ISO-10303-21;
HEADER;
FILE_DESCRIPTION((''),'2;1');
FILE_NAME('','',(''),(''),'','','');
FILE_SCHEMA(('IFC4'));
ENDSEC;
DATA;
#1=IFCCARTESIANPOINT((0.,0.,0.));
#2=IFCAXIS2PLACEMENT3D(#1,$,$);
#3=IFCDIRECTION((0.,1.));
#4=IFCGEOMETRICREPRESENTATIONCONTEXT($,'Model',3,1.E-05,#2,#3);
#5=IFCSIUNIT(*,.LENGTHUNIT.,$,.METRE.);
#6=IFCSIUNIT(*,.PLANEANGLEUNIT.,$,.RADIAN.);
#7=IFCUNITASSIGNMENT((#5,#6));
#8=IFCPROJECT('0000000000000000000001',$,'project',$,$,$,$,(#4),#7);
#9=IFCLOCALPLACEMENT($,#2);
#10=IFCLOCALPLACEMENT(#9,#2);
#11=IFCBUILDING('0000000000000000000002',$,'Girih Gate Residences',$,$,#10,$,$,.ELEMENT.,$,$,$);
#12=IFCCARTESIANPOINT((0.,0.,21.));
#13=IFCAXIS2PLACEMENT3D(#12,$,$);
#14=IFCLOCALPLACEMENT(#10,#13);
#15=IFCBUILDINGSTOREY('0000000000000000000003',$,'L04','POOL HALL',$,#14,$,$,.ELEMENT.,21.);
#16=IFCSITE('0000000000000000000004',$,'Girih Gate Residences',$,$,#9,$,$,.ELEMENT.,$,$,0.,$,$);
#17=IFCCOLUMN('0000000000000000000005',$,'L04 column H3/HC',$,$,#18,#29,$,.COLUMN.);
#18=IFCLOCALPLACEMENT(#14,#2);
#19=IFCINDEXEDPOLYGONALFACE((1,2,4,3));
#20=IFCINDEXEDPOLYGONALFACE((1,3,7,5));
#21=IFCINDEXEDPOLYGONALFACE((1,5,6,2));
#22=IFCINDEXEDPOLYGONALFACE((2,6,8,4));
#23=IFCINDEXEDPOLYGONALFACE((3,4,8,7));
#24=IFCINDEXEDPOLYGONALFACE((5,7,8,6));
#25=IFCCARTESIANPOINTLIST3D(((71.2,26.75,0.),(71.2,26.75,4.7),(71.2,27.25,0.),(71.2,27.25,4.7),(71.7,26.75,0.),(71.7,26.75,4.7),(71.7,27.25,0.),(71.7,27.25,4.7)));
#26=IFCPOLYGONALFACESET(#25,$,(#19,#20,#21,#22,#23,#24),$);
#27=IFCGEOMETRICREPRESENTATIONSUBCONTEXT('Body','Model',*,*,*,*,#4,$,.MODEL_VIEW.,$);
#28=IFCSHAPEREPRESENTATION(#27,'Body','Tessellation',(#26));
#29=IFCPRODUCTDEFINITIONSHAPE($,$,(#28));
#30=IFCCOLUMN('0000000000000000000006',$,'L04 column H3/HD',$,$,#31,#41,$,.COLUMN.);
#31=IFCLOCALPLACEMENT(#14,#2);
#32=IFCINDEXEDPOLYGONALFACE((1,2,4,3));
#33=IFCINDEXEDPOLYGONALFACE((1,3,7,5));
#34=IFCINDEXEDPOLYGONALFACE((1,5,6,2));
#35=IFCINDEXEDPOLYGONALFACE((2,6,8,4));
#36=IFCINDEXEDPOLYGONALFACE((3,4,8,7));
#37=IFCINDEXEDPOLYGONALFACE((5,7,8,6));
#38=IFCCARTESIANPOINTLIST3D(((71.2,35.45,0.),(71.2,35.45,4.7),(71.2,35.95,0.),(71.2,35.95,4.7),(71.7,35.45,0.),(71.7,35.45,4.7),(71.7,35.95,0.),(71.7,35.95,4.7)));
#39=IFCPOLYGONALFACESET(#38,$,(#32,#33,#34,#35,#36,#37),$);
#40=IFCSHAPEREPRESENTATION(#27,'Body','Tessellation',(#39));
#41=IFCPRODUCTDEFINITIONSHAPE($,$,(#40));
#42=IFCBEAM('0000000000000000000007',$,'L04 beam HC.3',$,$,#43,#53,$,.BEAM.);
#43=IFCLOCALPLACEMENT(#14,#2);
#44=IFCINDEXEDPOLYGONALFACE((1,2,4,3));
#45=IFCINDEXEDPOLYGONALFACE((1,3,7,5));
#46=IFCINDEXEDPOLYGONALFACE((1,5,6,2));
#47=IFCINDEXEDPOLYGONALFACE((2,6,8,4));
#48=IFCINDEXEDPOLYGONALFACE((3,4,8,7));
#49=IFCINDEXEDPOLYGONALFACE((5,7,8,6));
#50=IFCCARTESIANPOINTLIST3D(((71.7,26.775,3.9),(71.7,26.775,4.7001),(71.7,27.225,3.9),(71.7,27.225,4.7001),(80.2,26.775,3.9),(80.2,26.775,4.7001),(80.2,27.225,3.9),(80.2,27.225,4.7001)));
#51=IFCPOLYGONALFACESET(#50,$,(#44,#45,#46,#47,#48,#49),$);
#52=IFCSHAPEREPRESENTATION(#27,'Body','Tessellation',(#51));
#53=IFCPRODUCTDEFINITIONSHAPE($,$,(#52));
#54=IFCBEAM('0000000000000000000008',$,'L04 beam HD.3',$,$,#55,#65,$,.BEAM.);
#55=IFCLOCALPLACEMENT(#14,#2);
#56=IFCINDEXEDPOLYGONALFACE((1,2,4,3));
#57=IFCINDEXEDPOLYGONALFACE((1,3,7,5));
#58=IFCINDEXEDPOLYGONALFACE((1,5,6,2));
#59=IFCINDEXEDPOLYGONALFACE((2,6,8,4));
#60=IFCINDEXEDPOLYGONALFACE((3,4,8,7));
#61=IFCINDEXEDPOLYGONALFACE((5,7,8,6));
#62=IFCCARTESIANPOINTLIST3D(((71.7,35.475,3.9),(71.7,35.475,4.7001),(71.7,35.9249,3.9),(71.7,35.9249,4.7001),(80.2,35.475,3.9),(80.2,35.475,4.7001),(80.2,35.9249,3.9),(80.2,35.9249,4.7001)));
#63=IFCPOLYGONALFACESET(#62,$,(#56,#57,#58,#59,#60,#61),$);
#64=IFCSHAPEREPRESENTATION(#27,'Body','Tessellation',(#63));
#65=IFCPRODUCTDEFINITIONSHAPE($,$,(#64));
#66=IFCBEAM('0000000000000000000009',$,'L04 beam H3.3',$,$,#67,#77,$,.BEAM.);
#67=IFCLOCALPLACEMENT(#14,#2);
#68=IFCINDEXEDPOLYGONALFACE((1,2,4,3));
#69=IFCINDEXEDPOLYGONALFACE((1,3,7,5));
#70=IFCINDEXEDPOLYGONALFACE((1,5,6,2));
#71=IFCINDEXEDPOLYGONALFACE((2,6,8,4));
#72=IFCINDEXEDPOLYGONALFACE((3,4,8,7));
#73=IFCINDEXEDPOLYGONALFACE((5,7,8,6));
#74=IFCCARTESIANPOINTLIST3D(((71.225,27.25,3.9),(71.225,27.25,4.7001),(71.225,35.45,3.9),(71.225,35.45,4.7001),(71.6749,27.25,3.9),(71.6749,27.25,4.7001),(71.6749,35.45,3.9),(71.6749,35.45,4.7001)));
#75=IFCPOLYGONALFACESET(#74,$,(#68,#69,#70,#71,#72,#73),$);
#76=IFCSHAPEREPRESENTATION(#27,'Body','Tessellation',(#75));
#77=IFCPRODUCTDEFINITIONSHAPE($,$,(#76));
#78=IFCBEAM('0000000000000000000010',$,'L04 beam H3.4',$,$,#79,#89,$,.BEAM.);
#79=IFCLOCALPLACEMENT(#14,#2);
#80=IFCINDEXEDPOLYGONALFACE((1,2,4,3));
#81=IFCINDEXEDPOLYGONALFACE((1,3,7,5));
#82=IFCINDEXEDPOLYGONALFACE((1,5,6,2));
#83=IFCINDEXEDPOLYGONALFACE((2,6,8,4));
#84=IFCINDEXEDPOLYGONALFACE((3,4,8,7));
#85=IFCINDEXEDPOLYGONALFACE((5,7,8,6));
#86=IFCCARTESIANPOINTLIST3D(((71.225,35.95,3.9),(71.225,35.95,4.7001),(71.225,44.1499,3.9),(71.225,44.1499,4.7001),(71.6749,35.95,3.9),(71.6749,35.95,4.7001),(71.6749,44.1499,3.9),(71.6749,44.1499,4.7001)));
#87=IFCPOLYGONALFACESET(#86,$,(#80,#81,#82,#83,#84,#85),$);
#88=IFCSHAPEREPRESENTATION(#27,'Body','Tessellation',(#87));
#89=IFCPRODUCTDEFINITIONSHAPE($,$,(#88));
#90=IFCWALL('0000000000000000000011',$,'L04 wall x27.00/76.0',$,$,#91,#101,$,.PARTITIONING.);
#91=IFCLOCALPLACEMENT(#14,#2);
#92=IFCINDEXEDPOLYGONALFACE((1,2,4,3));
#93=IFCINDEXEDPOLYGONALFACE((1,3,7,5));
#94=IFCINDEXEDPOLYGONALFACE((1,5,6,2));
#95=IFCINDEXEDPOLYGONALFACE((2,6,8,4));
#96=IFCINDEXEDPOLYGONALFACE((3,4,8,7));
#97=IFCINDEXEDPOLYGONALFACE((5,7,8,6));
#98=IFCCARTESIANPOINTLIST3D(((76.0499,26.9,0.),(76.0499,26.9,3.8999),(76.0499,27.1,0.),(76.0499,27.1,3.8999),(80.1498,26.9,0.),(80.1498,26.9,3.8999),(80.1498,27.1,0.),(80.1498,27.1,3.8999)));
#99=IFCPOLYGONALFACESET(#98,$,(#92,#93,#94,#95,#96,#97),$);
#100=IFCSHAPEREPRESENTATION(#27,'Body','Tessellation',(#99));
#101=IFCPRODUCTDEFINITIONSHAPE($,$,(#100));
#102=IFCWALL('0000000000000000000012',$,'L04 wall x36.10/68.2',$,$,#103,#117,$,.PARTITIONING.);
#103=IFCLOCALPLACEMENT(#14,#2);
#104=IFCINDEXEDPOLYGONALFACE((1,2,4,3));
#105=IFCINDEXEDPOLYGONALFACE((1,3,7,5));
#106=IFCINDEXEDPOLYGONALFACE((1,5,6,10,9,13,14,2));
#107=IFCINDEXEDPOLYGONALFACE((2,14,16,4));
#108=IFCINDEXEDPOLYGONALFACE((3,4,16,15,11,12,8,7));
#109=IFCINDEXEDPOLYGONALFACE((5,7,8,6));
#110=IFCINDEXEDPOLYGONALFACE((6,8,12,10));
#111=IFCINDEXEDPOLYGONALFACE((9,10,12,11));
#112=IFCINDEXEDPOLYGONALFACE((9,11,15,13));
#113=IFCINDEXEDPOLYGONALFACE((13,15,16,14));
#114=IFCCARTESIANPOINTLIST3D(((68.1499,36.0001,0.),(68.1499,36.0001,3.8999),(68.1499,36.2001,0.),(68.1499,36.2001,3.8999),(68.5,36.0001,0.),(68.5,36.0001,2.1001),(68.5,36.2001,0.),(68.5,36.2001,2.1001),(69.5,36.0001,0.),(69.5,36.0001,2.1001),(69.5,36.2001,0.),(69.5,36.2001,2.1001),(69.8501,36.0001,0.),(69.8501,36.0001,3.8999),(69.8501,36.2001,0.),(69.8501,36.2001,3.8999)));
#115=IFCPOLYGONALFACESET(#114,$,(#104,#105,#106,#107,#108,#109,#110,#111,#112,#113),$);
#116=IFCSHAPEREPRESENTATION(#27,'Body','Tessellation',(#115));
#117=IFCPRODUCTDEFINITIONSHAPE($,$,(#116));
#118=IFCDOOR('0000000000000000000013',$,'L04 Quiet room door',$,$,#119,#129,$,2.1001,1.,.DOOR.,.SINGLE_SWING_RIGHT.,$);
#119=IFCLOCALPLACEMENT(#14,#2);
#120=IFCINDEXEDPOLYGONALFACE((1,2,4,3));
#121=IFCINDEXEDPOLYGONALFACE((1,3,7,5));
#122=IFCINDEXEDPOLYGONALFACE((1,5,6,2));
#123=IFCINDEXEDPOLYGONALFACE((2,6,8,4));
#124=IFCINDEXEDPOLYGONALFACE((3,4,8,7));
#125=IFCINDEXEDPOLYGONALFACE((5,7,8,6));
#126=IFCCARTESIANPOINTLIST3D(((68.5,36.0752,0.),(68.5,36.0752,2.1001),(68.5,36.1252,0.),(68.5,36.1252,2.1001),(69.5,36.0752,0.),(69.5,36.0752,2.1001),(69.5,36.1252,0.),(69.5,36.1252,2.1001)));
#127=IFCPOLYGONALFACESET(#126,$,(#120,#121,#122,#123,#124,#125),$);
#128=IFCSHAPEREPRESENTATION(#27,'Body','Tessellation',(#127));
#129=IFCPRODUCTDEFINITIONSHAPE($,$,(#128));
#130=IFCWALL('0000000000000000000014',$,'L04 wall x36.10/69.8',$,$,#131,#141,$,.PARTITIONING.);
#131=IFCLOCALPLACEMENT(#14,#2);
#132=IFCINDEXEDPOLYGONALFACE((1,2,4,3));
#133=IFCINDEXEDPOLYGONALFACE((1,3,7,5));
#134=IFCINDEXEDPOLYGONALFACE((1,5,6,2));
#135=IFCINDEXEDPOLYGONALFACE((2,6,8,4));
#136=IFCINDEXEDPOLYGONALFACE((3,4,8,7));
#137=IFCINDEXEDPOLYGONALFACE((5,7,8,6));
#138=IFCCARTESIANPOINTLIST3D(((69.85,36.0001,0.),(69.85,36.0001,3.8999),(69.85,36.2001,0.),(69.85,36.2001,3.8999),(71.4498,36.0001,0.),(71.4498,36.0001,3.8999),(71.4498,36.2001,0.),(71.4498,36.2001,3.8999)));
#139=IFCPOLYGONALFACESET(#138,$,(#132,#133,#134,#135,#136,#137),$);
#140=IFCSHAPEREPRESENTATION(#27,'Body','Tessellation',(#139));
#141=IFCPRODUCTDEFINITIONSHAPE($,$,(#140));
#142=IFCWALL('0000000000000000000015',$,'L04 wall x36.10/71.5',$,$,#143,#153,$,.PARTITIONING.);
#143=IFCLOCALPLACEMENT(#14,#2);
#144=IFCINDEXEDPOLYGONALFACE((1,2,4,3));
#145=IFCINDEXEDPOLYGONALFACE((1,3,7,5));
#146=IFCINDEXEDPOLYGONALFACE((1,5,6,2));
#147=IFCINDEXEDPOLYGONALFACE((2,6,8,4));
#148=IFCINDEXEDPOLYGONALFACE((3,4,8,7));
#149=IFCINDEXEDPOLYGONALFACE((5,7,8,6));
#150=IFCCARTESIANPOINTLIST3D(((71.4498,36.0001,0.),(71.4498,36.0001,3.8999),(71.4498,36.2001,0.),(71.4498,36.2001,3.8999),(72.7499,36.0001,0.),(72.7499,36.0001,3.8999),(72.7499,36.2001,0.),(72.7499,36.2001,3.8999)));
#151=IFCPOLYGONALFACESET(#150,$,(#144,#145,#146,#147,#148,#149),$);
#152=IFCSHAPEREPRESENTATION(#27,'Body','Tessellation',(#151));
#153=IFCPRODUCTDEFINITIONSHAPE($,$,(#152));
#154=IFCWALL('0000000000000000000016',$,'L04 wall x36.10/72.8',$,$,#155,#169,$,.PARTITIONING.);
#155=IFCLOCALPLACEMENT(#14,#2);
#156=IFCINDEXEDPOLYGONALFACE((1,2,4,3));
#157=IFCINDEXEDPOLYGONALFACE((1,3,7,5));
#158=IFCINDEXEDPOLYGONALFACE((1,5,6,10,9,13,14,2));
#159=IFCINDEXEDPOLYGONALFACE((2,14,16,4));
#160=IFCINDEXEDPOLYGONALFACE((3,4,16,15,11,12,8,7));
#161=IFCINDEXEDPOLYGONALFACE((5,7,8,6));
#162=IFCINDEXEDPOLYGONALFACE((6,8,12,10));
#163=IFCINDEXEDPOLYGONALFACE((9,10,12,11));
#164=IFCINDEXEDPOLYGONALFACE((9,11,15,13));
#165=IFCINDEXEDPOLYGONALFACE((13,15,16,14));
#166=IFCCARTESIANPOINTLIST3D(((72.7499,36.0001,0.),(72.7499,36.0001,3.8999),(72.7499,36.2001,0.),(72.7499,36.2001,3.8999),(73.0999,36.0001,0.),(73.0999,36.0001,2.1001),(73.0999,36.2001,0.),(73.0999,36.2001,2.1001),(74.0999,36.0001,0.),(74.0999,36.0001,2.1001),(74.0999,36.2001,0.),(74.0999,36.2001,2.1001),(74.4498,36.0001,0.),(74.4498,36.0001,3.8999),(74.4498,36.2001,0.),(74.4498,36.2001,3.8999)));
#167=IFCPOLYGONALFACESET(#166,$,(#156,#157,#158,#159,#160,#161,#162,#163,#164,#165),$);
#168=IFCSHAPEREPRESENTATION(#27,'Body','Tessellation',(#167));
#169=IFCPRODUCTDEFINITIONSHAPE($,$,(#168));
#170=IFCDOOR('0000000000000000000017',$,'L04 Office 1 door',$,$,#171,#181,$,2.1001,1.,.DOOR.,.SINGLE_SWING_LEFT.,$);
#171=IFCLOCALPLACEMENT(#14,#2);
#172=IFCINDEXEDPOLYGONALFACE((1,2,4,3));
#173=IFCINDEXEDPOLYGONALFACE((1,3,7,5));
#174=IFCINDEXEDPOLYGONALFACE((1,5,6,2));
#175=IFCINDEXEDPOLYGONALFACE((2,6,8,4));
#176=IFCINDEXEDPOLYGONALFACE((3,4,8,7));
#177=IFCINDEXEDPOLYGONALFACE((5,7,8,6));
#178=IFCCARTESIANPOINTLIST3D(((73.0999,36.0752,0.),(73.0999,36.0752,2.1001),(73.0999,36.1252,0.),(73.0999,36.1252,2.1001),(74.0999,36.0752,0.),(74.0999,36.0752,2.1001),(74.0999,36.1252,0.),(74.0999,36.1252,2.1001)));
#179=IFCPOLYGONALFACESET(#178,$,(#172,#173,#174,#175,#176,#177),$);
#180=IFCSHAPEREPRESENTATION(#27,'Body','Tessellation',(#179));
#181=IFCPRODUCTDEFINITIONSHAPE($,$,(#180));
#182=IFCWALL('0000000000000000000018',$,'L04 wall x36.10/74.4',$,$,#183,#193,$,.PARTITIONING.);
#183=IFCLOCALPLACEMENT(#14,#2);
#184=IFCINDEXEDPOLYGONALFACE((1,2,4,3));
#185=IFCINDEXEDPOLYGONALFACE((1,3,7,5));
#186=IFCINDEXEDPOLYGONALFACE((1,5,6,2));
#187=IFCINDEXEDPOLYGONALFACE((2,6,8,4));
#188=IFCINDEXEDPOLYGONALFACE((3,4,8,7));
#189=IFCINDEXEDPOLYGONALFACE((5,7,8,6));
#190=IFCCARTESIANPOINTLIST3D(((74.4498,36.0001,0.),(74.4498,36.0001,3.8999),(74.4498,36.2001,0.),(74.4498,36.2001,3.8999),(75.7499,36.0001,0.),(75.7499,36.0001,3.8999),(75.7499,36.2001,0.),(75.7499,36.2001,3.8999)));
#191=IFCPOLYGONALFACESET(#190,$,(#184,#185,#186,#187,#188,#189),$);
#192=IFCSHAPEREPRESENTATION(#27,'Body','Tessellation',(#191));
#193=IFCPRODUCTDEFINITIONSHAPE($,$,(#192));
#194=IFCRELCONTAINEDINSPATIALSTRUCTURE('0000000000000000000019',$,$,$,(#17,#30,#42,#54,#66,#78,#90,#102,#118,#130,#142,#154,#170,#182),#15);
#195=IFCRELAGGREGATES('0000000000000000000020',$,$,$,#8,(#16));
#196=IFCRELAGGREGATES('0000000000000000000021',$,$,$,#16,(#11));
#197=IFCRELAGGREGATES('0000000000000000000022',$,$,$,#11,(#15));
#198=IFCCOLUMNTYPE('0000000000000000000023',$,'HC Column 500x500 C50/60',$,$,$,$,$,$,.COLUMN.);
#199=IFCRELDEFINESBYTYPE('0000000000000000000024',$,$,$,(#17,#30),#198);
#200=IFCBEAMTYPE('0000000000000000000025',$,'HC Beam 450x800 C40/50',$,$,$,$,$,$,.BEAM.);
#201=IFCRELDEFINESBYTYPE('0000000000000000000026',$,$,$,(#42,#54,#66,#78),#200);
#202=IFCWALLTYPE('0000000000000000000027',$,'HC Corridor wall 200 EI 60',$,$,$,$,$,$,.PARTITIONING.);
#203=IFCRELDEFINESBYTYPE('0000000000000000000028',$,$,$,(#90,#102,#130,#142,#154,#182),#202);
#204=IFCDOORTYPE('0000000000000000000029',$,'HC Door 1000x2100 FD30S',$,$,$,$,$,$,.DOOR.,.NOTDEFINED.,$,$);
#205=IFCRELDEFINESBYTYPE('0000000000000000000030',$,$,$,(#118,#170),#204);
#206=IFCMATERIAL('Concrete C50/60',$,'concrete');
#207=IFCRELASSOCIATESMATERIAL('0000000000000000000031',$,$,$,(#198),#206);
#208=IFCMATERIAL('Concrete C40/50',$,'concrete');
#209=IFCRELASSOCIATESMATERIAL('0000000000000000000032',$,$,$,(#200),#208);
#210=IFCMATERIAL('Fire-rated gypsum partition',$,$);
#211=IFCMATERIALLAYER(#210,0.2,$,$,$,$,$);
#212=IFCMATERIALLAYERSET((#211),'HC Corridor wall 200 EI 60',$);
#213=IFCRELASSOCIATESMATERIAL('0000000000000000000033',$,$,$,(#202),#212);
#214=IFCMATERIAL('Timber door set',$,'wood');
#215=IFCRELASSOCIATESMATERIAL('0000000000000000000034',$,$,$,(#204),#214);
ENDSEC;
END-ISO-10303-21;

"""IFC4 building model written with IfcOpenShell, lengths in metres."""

from ifc_helpers import new_model, si_unit, direction, frame, frame_2d, origin, origin_2d, place, context, subcontext, project, spatial, rectangle, extrude, material, layer, layer_set, material_profile, profile_set, type_object, element, fill, save


model = new_model("IFC4")

# Units and contexts
model_context = context("Model", 3, precision=1e-05, world=origin(), true_north=direction((0.0, 1.0)))
body_context = subcontext(model_context, "Body", "Model", "MODEL_VIEW")
ifc_project = project(units=[si_unit("LENGTHUNIT", "METRE"), si_unit("PLANEANGLEUNIT", "RADIAN")], contexts=[model_context])

# Site, building, storey
site_placement = place(None, origin())
site = spatial("IfcSite", under=ifc_project, at=site_placement, Name="Girih Gate Residences", CompositionType="ELEMENT", RefElevation=0.0)
building_placement = place(site_placement, origin())
building = spatial("IfcBuilding", under=site, at=building_placement, Name="Girih Gate Residences", CompositionType="ELEMENT")
storey_placement = place(building_placement, frame((0.0, 0.0, 21.0)))
storey = spatial("IfcBuildingStorey", under=building, at=storey_placement, Name="L04", Description="POOL HALL", CompositionType="ELEMENT", Elevation=21.0)

# Columns
ifc_material_1 = material(Name="Concrete C50/60", Category="concrete")
ifc_material_profile_1 = material_profile(ifc_material_1, rectangle(XDim=0.5, YDim=0.5, at=origin_2d()))
ifc_profile_set_1 = profile_set([ifc_material_profile_1], Name="Concrete C50/60")
column_type = type_object("IfcColumnType", Name="HC Column 500x500 C50/60", PredefinedType="COLUMN", material=ifc_profile_set_1)
for number, where, z_axis, x_axis, name in (
    (1, (71.45, 27.0, 0.0), (0.0, 0.0, 1.0), (1.0, 0.0, 0.0), "L04 column H3/HC"),
    (2, (71.45, 35.7, 0.0), (0.0, 0.0, 1.0), (1.0, 0.0, 0.0), "L04 column H3/HD"),
):
    element("IfcColumn", number, at=place(storey_placement, frame(where, z_axis=z_axis, x_axis=x_axis)), inside=storey, type_object=column_type, Name=name, PredefinedType="COLUMN", context=body_context, shape_type="SweptSolid", body=[
        extrude(rectangle(XDim=0.5, YDim=0.5, at=origin_2d()), origin(), (0.0, 0.0, 1.0), 4.7),
    ])

# Beams
ifc_material_2 = material(Name="Concrete C40/50", Category="concrete")
ifc_material_profile_2 = material_profile(ifc_material_2, rectangle(XDim=0.45, YDim=0.8, at=origin_2d()))
ifc_profile_set_2 = profile_set([ifc_material_profile_2], Name="Concrete C40/50")
beam_type = type_object("IfcBeamType", Name="HC Beam 450x800 C40/50", PredefinedType="BEAM", material=ifc_profile_set_2)
for number, where, z_axis, x_axis, name in (
    (3, (71.7, 27.0, 4.3), (1.0, 0.0, 0.0), (0.0, 1.0, 0.0), "L04 beam HC.3"),
    (4, (71.7, 35.7, 4.3), (1.0, 0.0, 0.0), (0.0, 1.0, 0.0), "L04 beam HD.3"),
):
    element("IfcBeam", number, at=place(storey_placement, frame(where, z_axis=z_axis, x_axis=x_axis)), inside=storey, type_object=beam_type, Name=name, PredefinedType="BEAM", context=body_context, shape_type="SweptSolid", body=[
        extrude(rectangle(XDim=0.45, YDim=0.8, at=origin_2d()), origin(), (0.0, 0.0, 1.0), 8.5),
    ])
for number, where, z_axis, x_axis, name in (
    (5, (71.45, 27.25, 4.3), (0.0, 1.0, 0.0), (-1.0, 0.0, 0.0), "L04 beam H3.3"),
    (6, (71.45, 35.95, 4.3), (0.0, 1.0, 0.0), (-1.0, 0.0, 0.0), "L04 beam H3.4"),
):
    element("IfcBeam", number, at=place(storey_placement, frame(where, z_axis=z_axis, x_axis=x_axis)), inside=storey, type_object=beam_type, Name=name, PredefinedType="BEAM", context=body_context, shape_type="SweptSolid", body=[
        extrude(rectangle(XDim=0.45, YDim=0.8, at=origin_2d()), origin(), (0.0, 0.0, 1.0), 8.2),
    ])

# Wall
ifc_material_3 = material(Name="Fire-rated gypsum partition")
ifc_layer_1 = layer(ifc_material_3, 0.2)
ifc_layer_set_1 = layer_set([ifc_layer_1], Name="HC Corridor wall 200 EI 60")
wall_type_1 = type_object("IfcWallType", Name="HC Corridor wall 200 EI 60", PredefinedType="PARTITIONING", material=ifc_layer_set_1)
wall_1_placement = place(storey_placement, frame((76.05, 27.0, 0.0), z_axis=(0.0, 0.0, 1.0), x_axis=(1.0, 0.0, 0.0)))
element("IfcWall", 7, at=wall_1_placement, inside=storey, type_object=wall_type_1, Name="L04 wall x27.00/76.0", PredefinedType="PARTITIONING", context=body_context, shape_type="SweptSolid", body=[
    extrude(rectangle(XDim=4.0999, YDim=0.2, at=frame_2d((2.0498, 0.0))), origin(), (0.0, 0.0, 1.0), 3.8999),
])

# Wall, opening, door
wall_2_placement = place(storey_placement, frame((69.8501, 36.1001, 0.0), z_axis=(0.0, 0.0, 1.0), x_axis=(-1.0, 0.0, 0.0)))
wall_2 = element("IfcWall", 8, at=wall_2_placement, inside=storey, type_object=wall_type_1, Name="L04 wall x36.10/68.2", PredefinedType="PARTITIONING", context=body_context, shape_type="SweptSolid", body=[
    extrude(rectangle(XDim=1.7002, YDim=0.2, at=frame_2d((0.8501, 0.0))), origin(), (0.0, 0.0, 1.0), 3.8999),
])
opening_1_placement = place(wall_2_placement, frame((0.3501, 0.0, 0.0)))
opening_1 = element("IfcOpeningElement", 9, at=opening_1_placement, cuts=wall_2, PredefinedType="OPENING", context=body_context, shape_type="SweptSolid", body=[
    extrude(rectangle(XDim=1.0, YDim=2.1001, at=frame_2d((0.5, 1.05))), frame((0.0, 0.1099, 0.0), z_axis=(0.0, -1.0, 0.0), x_axis=(1.0, 0.0, 0.0)), (0.0, 0.0, 1.0), 0.22),
])
ifc_material_4 = material(Name="Timber door set", Category="wood")
door_type = type_object("IfcDoorType", Name="HC Door 1000x2100 FD30S", OperationType="NOTDEFINED", PredefinedType="DOOR", material=ifc_material_4)
door_1_placement = place(opening_1_placement, origin())
door_1 = element("IfcDoor", 10, at=door_1_placement, inside=storey, type_object=door_type, Name="L04 Quiet room door", OperationType="SINGLE_SWING_RIGHT", OverallHeight=2.1001, OverallWidth=1.0, PredefinedType="DOOR", context=body_context, shape_type="SweptSolid", body=[
    extrude(rectangle(XDim=1.0, YDim=2.1001, at=frame_2d((0.5, 1.05))), frame((0.0, 0.0249, 0.0), z_axis=(0.0, -1.0, 0.0), x_axis=(1.0, 0.0, 0.0)), (0.0, 0.0, 1.0), 0.05),
])
fill(opening_1, door_1)

# Walls
wall_3_placement = place(storey_placement, frame((69.8501, 36.1001, 0.0), z_axis=(0.0, 0.0, 1.0), x_axis=(1.0, 0.0, 0.0)))
element("IfcWall", 11, at=wall_3_placement, inside=storey, type_object=wall_type_1, Name="L04 wall x36.10/69.8", PredefinedType="PARTITIONING", context=body_context, shape_type="SweptSolid", body=[
    extrude(rectangle(XDim=1.5999, YDim=0.2, at=frame_2d((0.7998, 0.0))), origin(), (0.0, 0.0, 1.0), 3.8999),
])
wall_4_placement = place(storey_placement, frame((71.45, 36.1001, 0.0), z_axis=(0.0, 0.0, 1.0), x_axis=(1.0, 0.0, 0.0)))
element("IfcWall", 12, at=wall_4_placement, inside=storey, type_object=wall_type_1, Name="L04 wall x36.10/71.5", PredefinedType="PARTITIONING", context=body_context, shape_type="SweptSolid", body=[
    extrude(rectangle(XDim=1.3, YDim=0.2, at=frame_2d((0.6499, 0.0))), origin(), (0.0, 0.0, 1.0), 3.8999),
])

# Wall, opening, door
wall_5_placement = place(storey_placement, frame((74.45, 36.1001, 0.0), z_axis=(0.0, 0.0, 1.0), x_axis=(-1.0, 0.0, 0.0)))
wall_5 = element("IfcWall", 13, at=wall_5_placement, inside=storey, type_object=wall_type_1, Name="L04 wall x36.10/72.8", PredefinedType="PARTITIONING", context=body_context, shape_type="SweptSolid", body=[
    extrude(rectangle(XDim=1.7, YDim=0.2, at=frame_2d((0.8501, 0.0))), origin(), (0.0, 0.0, 1.0), 3.8999),
])
opening_2_placement = place(wall_5_placement, frame((0.3501, 0.0, 0.0)))
opening_2 = element("IfcOpeningElement", 14, at=opening_2_placement, cuts=wall_5, PredefinedType="OPENING", context=body_context, shape_type="SweptSolid", body=[
    extrude(rectangle(XDim=1.0, YDim=2.1001, at=frame_2d((0.5, 1.05))), frame((0.0, 0.1099, 0.0), z_axis=(0.0, -1.0, 0.0), x_axis=(1.0, 0.0, 0.0)), (0.0, 0.0, 1.0), 0.22),
])
door_2_placement = place(opening_2_placement, origin())
door_2 = element("IfcDoor", 15, at=door_2_placement, inside=storey, type_object=door_type, Name="L04 Office 1 door", OperationType="SINGLE_SWING_LEFT", OverallHeight=2.1001, OverallWidth=1.0, PredefinedType="DOOR", context=body_context, shape_type="SweptSolid", body=[
    extrude(rectangle(XDim=1.0, YDim=2.1001, at=frame_2d((0.5, 1.05))), frame((0.0, 0.0249, 0.0), z_axis=(0.0, -1.0, 0.0), x_axis=(1.0, 0.0, 0.0)), (0.0, 0.0, 1.0), 0.05),
])
fill(opening_2, door_2)

# Wall
wall_6_placement = place(storey_placement, frame((74.45, 36.1001, 0.0), z_axis=(0.0, 0.0, 1.0), x_axis=(1.0, 0.0, 0.0)))
element("IfcWall", 16, at=wall_6_placement, inside=storey, type_object=wall_type_1, Name="L04 wall x36.10/74.4", PredefinedType="PARTITIONING", context=body_context, shape_type="SweptSolid", body=[
    extrude(rectangle(XDim=1.3, YDim=0.2, at=frame_2d((0.6499, 0.0))), origin(), (0.0, 0.0, 1.0), 3.8999),
])

save(model, "model.ifc")
